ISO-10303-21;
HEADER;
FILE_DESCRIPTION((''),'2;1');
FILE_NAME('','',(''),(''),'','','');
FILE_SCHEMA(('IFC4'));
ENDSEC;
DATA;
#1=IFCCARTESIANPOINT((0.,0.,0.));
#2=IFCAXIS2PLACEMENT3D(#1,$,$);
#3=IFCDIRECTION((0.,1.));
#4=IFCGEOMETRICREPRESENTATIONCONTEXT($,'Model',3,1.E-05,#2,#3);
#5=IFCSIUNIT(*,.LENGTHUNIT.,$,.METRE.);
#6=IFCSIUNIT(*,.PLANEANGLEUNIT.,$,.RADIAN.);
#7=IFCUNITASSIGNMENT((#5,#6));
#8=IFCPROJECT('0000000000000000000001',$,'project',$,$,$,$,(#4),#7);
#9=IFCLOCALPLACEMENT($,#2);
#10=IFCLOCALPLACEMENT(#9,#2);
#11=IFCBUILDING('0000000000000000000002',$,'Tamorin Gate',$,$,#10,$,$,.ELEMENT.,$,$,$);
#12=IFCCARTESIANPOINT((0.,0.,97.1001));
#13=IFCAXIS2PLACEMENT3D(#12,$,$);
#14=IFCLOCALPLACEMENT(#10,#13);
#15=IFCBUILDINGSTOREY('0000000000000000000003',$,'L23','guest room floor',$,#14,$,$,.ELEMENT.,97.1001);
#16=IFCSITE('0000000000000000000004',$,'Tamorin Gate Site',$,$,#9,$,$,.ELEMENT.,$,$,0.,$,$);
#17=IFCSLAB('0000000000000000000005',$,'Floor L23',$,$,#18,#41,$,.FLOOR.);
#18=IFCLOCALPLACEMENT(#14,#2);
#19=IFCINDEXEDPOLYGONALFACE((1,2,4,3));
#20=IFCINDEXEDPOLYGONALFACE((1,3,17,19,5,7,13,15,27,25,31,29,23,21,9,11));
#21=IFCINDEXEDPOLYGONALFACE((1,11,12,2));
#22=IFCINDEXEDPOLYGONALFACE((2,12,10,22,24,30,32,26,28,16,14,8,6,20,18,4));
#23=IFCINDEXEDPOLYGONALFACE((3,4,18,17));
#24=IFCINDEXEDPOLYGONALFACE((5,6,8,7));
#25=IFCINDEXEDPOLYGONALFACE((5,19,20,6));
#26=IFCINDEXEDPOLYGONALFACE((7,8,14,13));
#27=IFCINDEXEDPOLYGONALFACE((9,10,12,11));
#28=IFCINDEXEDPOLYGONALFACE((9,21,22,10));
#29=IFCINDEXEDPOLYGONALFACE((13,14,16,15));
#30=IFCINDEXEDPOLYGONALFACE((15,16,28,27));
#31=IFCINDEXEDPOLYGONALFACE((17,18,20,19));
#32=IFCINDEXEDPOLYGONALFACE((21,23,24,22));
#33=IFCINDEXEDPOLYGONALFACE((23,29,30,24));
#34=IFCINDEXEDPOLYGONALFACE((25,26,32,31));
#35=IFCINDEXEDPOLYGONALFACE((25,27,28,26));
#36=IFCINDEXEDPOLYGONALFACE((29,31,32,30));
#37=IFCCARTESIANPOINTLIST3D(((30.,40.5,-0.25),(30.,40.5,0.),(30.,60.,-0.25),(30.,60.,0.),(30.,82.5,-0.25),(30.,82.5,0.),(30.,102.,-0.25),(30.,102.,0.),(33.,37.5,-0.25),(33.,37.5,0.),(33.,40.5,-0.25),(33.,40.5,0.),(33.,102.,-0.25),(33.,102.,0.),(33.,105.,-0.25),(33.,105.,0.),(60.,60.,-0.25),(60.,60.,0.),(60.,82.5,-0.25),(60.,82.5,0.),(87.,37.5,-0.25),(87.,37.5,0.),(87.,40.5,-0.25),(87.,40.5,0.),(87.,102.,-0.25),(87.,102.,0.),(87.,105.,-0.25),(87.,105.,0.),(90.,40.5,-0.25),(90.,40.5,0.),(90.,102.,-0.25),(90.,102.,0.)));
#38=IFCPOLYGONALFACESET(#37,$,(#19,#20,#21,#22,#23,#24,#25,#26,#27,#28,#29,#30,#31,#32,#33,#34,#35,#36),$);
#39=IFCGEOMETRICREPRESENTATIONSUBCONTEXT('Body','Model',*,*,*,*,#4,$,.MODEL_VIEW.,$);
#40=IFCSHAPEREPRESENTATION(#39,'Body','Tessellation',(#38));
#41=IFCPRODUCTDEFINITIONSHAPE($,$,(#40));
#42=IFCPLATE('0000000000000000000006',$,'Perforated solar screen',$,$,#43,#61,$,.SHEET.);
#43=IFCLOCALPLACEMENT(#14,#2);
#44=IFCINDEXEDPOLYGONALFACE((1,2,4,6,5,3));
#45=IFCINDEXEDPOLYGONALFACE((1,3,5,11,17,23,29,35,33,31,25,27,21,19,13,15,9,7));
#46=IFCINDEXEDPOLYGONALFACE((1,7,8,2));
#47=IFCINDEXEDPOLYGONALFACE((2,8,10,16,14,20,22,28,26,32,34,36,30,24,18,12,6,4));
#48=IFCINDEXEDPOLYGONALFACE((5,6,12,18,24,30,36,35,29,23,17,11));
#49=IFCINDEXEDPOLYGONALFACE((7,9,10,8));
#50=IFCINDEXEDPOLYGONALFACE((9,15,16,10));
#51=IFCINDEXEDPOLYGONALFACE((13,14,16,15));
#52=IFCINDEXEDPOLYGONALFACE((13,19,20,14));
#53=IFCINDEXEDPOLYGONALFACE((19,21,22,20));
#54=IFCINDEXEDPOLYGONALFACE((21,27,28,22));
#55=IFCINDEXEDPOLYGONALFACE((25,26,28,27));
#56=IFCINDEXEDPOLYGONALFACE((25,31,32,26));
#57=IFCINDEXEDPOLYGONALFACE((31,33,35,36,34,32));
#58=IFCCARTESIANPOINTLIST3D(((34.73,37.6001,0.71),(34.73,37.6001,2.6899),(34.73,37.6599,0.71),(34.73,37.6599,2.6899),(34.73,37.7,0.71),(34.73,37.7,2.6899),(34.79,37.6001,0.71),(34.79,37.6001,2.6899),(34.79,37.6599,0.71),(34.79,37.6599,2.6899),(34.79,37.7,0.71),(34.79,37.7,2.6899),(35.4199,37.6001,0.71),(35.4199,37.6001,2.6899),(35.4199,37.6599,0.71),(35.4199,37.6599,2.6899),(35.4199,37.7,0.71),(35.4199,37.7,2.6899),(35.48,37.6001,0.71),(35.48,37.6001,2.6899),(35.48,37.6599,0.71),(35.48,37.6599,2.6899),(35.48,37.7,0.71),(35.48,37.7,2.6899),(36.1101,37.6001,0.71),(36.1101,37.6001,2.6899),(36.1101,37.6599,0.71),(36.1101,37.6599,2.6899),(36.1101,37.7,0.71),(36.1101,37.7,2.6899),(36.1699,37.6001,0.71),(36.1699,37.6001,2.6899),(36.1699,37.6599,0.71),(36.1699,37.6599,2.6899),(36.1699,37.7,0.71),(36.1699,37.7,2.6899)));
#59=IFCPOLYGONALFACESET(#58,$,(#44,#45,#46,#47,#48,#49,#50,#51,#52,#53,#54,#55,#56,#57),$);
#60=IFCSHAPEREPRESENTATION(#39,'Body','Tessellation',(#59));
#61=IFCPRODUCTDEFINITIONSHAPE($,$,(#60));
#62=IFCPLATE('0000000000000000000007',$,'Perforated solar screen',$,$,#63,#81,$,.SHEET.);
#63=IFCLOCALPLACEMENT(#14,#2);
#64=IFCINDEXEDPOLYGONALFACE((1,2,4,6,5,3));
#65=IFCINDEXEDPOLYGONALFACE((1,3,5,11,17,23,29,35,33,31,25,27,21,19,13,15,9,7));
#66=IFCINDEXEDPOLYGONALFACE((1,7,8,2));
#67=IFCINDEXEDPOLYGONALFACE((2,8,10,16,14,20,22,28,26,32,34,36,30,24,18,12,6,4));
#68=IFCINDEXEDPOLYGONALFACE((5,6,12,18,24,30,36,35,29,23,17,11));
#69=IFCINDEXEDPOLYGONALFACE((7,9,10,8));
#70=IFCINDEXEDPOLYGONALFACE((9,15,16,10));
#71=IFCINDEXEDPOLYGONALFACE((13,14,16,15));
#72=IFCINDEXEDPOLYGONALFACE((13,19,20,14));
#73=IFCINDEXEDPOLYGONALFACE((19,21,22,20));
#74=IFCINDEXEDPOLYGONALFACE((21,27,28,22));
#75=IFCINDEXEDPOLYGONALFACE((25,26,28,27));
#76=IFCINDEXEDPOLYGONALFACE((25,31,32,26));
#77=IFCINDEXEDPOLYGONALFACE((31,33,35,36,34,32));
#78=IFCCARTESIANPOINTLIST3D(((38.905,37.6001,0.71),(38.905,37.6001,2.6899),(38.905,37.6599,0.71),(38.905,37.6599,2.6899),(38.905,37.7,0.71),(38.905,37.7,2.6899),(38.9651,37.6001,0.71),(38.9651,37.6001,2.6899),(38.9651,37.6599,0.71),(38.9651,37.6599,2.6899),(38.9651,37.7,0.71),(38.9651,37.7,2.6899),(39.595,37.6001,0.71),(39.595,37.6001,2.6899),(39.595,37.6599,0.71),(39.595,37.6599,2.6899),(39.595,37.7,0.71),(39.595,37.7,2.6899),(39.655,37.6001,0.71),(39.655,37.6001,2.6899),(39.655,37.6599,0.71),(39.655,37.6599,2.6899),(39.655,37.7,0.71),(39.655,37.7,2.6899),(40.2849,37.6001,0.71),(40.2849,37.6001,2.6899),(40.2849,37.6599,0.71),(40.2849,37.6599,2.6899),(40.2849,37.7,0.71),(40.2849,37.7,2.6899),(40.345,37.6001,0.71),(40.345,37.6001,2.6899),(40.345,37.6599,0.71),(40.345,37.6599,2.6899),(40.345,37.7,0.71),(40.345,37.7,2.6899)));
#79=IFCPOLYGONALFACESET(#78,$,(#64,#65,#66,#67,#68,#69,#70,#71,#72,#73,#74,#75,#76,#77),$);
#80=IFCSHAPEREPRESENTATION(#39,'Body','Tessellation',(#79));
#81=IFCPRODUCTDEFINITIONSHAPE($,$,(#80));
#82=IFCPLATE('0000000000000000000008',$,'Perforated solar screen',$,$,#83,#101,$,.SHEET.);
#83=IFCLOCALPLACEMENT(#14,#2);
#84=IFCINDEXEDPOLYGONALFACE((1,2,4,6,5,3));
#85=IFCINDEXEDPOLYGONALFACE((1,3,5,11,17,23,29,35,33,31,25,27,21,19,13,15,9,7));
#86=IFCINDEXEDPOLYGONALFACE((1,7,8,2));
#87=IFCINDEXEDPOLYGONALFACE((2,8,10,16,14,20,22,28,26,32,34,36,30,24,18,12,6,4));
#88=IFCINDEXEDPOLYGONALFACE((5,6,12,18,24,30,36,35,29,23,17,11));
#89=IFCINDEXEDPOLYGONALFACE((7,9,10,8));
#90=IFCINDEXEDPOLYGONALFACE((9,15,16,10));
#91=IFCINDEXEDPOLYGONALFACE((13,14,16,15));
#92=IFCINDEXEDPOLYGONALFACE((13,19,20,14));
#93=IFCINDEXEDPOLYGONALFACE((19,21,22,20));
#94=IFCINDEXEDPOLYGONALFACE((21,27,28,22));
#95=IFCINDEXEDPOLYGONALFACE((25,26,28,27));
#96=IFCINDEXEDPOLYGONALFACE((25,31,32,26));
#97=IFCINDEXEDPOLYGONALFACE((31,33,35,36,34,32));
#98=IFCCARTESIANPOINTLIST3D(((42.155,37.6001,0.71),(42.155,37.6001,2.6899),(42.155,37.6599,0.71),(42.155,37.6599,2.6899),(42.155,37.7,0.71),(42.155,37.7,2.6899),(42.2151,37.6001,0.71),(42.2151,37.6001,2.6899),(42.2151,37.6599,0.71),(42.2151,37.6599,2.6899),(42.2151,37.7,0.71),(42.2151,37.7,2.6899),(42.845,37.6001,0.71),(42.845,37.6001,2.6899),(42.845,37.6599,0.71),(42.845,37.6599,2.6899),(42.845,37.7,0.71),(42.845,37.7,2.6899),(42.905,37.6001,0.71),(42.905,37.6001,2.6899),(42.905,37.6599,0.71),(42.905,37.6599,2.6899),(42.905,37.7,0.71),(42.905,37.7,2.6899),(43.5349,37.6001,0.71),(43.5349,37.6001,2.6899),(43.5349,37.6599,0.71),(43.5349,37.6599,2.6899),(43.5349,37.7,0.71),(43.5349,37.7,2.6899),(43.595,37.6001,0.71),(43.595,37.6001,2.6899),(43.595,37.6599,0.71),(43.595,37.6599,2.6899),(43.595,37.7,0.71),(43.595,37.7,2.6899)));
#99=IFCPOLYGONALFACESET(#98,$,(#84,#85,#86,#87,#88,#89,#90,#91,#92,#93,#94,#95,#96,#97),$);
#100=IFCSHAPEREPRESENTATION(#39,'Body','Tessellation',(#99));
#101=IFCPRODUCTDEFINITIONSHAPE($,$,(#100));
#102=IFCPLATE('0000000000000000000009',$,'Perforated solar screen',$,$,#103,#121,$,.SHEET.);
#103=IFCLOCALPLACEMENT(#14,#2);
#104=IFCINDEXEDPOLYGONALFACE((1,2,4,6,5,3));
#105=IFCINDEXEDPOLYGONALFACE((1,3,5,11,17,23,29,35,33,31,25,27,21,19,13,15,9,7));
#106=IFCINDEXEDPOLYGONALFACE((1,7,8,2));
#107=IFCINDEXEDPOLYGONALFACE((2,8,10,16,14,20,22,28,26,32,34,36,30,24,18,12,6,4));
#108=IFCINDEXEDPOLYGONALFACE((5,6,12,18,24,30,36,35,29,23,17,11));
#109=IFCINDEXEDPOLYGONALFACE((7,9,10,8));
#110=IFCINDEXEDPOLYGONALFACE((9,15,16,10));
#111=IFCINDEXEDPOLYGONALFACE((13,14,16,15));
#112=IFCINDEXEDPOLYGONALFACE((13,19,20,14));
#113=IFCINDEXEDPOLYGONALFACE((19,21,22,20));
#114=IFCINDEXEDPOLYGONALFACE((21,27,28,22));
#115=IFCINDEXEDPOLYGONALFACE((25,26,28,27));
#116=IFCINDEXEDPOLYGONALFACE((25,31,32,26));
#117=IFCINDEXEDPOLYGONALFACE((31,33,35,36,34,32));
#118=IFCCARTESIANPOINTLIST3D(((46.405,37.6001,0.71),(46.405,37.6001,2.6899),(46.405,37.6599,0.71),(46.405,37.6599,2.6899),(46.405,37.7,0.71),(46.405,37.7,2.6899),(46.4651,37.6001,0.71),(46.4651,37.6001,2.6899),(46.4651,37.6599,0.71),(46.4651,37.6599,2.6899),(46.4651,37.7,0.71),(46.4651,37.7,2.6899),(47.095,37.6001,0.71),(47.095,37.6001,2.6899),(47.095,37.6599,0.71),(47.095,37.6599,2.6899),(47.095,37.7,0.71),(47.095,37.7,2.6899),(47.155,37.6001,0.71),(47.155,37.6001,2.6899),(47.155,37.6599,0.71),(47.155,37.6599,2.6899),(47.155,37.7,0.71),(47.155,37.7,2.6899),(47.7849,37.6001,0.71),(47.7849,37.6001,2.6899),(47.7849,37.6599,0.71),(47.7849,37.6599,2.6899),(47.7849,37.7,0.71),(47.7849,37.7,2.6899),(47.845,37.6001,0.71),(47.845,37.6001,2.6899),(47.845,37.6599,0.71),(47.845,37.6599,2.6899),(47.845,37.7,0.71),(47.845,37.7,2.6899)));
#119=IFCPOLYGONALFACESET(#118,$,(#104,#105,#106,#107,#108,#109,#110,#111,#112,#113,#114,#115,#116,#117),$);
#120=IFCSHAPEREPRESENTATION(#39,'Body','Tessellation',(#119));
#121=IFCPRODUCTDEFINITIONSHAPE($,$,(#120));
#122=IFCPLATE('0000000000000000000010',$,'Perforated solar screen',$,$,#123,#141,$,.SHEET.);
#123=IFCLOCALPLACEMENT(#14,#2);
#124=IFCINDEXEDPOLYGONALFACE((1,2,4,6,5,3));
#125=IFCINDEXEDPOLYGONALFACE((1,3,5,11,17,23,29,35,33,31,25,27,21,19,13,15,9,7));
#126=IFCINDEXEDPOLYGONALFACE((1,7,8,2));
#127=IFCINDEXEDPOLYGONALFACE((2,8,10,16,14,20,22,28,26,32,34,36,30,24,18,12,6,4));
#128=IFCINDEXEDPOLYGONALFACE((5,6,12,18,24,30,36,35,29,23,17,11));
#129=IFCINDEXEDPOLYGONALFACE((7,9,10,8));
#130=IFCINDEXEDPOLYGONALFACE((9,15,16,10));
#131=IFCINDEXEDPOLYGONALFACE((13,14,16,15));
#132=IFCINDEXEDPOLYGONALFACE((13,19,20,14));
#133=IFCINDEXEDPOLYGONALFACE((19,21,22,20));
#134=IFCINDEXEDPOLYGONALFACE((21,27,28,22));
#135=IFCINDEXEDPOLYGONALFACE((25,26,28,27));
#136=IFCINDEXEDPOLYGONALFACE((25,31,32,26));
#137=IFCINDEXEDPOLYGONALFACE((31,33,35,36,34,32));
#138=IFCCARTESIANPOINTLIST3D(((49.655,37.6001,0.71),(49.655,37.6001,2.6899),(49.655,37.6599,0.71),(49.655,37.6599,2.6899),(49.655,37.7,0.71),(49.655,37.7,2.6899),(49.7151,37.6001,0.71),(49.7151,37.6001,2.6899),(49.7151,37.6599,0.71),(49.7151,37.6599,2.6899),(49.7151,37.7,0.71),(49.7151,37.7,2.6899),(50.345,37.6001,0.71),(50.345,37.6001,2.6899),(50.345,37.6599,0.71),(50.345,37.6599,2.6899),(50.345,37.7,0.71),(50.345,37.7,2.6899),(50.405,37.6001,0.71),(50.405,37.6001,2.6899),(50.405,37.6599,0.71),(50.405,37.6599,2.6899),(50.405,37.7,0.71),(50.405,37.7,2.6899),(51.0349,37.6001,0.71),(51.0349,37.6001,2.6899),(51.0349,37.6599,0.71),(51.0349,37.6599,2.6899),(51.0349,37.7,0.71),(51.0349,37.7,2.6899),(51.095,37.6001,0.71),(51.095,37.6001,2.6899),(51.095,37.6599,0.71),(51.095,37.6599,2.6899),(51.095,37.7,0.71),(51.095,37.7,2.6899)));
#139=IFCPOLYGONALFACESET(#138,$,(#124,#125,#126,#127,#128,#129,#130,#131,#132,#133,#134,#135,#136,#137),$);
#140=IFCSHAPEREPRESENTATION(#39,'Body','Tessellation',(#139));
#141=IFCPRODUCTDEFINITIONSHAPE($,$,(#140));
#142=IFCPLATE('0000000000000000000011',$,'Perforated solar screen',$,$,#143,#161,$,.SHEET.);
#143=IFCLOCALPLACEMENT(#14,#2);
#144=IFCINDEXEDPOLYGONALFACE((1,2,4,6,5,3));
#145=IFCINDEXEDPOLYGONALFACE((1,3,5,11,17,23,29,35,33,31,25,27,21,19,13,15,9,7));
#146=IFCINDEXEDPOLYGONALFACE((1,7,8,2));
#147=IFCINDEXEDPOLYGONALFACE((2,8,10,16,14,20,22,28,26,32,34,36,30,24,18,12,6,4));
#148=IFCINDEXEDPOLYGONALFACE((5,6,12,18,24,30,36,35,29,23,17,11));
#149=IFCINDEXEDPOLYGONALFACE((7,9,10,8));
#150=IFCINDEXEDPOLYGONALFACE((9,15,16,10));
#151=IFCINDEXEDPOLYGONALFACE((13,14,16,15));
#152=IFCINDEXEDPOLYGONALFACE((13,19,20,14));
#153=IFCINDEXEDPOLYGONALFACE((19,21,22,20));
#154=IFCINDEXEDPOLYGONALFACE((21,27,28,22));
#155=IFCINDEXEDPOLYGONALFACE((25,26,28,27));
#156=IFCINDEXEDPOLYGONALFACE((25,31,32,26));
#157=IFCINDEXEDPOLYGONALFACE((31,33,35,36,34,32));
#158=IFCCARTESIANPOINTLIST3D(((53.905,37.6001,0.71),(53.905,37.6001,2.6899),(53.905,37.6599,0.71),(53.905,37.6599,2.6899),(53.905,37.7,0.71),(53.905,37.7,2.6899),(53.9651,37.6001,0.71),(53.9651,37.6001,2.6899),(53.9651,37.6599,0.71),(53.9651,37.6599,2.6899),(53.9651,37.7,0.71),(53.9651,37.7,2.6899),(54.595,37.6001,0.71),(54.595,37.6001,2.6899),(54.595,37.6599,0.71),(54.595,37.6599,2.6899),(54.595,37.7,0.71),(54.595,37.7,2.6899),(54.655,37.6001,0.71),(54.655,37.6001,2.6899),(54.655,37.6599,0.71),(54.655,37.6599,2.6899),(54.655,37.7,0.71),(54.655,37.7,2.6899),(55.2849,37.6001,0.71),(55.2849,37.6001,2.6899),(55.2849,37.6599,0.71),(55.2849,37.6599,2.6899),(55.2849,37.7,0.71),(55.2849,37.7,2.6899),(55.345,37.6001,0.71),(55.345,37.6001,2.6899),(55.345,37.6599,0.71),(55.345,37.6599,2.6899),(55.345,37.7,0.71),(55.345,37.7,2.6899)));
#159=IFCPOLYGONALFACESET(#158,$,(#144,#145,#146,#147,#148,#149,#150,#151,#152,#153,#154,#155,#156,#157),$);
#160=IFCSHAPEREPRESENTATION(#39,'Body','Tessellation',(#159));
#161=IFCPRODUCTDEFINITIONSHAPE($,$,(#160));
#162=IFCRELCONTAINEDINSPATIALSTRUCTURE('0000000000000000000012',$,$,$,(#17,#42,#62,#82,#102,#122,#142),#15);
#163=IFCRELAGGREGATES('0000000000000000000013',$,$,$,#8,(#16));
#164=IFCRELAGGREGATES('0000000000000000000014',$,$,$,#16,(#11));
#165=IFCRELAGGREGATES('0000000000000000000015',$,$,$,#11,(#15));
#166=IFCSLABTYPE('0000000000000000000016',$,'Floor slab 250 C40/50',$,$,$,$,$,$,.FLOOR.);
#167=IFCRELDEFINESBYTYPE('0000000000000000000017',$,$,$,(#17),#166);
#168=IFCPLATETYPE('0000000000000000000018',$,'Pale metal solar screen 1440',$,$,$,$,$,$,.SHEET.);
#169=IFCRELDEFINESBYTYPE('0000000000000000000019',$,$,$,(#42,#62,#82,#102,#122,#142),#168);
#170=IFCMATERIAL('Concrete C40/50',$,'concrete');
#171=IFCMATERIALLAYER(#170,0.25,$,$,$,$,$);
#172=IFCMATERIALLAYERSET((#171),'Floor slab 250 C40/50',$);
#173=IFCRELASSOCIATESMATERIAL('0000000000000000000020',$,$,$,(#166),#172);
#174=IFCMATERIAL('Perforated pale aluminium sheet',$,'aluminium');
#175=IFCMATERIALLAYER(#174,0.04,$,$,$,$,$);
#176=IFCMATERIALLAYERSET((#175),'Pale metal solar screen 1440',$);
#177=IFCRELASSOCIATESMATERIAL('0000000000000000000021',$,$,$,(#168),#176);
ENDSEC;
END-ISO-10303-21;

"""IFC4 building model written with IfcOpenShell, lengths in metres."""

from ifc_helpers import new_model, si_unit, direction, frame, origin, place, context, subcontext, project, spatial, polyline, outline, extrude, material, layer, layer_set, type_object, element, save


model = new_model("IFC4")

# Units and contexts
model_context = context("Model", 3, precision=1e-05, world=origin(), true_north=direction((0.0, 1.0)))
body_context = subcontext(model_context, "Body", "Model", "MODEL_VIEW")
ifc_project = project(units=[si_unit("LENGTHUNIT", "METRE"), si_unit("PLANEANGLEUNIT", "RADIAN")], contexts=[model_context])

# Site, building, storey
site_placement = place(None, origin())
site = spatial("IfcSite", under=ifc_project, at=site_placement, Name="Tamorin Gate Site", CompositionType="ELEMENT", RefElevation=0.0)
building_placement = place(site_placement, origin())
building = spatial("IfcBuilding", under=site, at=building_placement, Name="Tamorin Gate", CompositionType="ELEMENT")
storey_placement = place(building_placement, frame((0.0, 0.0, 97.1001)))
storey = spatial("IfcBuildingStorey", under=building, at=storey_placement, Name="L23", Description="guest room floor", CompositionType="ELEMENT", Elevation=97.1001)

# Slab
ifc_material_1 = material(Name="Concrete C40/50", Category="concrete")
ifc_layer_1 = layer(ifc_material_1, 0.25)
ifc_layer_set_1 = layer_set([ifc_layer_1], Name="Floor slab 250 C40/50")
slab_type = type_object("IfcSlabType", Name="Floor slab 250 C40/50", PredefinedType="FLOOR", material=ifc_layer_set_1)
slab_placement = place(storey_placement, frame((0.0, 0.0, -0.25)))
element("IfcSlab", 1, at=slab_placement, inside=storey, type_object=slab_type, Name="Floor L23", PredefinedType="FLOOR", context=body_context, shape_type="SweptSolid", body=[
    extrude(outline(polyline([(30.0, 102.0), (33.0, 102.0), (33.0, 105.0), (87.0, 105.0), (87.0, 102.0), (90.0, 102.0), (90.0, 40.5), (87.0, 40.5), (87.0, 37.5), (33.0, 37.5), (33.0, 40.5), (30.0, 40.5), (30.0, 60.0), (60.0, 60.0), (60.0, 82.5), (30.0, 82.5), (30.0, 102.0)])), origin(), (0.0, 0.0, 1.0), 0.25),
])

# Plates
ifc_material_2 = material(Name="Perforated pale aluminium sheet", Category="aluminium")
ifc_layer_2 = layer(ifc_material_2, 0.04)
ifc_layer_set_2 = layer_set([ifc_layer_2], Name="Pale metal solar screen 1440")
plate_type = type_object("IfcPlateType", Name="Pale metal solar screen 1440", PredefinedType="SHEET", material=ifc_layer_set_2)
plate_1_placement = place(storey_placement, frame((0.0, 0.0, 0.71)))
element("IfcPlate", 2, at=plate_1_placement, inside=storey, type_object=plate_type, Name="Perforated solar screen", PredefinedType="SHEET", context=body_context, shape_type="SweptSolid", body=[
    extrude(outline(polyline([(34.73, 37.6599), (34.73, 37.7), (34.79, 37.7), (35.4199, 37.7), (35.48, 37.7), (36.1101, 37.7), (36.1699, 37.7), (36.1699, 37.6599), (36.1699, 37.6001), (36.1101, 37.6001), (36.1101, 37.6599), (35.48, 37.6599), (35.48, 37.6001), (35.4199, 37.6001), (35.4199, 37.6599), (34.79, 37.6599), (34.79, 37.6001), (34.73, 37.6001), (34.73, 37.6599)])), origin(), (0.0, 0.0, 1.0), 1.98),
])
plate_2_placement = place(storey_placement, frame((0.0, 0.0, 0.71)))
element("IfcPlate", 3, at=plate_2_placement, inside=storey, type_object=plate_type, Name="Perforated solar screen", PredefinedType="SHEET", context=body_context, shape_type="SweptSolid", body=[
    extrude(outline(polyline([(38.905, 37.6599), (38.905, 37.7), (38.9651, 37.7), (39.595, 37.7), (39.655, 37.7), (40.2849, 37.7), (40.345, 37.7), (40.345, 37.7), (40.345, 37.6599), (40.345, 37.6599), (40.345, 37.6001), (40.2849, 37.6001), (40.2849, 37.6599), (39.655, 37.6599), (39.655, 37.6001), (39.595, 37.6001), (39.595, 37.6599), (38.9651, 37.6599), (38.9651, 37.6001), (38.905, 37.6001), (38.905, 37.6599)])), origin(), (0.0, 0.0, 1.0), 1.98),
])
plate_3_placement = place(storey_placement, frame((0.0, 0.0, 0.71)))
element("IfcPlate", 4, at=plate_3_placement, inside=storey, type_object=plate_type, Name="Perforated solar screen", PredefinedType="SHEET", context=body_context, shape_type="SweptSolid", body=[
    extrude(outline(polyline([(42.155, 37.6599), (42.155, 37.7), (42.2151, 37.7), (42.845, 37.7), (42.905, 37.7), (43.5349, 37.7), (43.595, 37.7), (43.595, 37.6599), (43.595, 37.6001), (43.5349, 37.6001), (43.5349, 37.6599), (42.905, 37.6599), (42.905, 37.6001), (42.845, 37.6001), (42.845, 37.6599), (42.2151, 37.6599), (42.2151, 37.6001), (42.155, 37.6001), (42.155, 37.6599)])), origin(), (0.0, 0.0, 1.0), 1.98),
])
plate_4_placement = place(storey_placement, frame((0.0, 0.0, 0.71)))
element("IfcPlate", 5, at=plate_4_placement, inside=storey, type_object=plate_type, Name="Perforated solar screen", PredefinedType="SHEET", context=body_context, shape_type="SweptSolid", body=[
    extrude(outline(polyline([(46.405, 37.6599), (46.405, 37.7), (46.4651, 37.7), (47.095, 37.7), (47.155, 37.7), (47.7849, 37.7), (47.845, 37.7), (47.845, 37.6599), (47.845, 37.6001), (47.7849, 37.6001), (47.7849, 37.6599), (47.155, 37.6599), (47.155, 37.6001), (47.095, 37.6001), (47.095, 37.6599), (46.4651, 37.6599), (46.4651, 37.6001), (46.405, 37.6001), (46.405, 37.6599)])), origin(), (0.0, 0.0, 1.0), 1.98),
])
plate_5_placement = place(storey_placement, frame((0.0, 0.0, 0.71)))
element("IfcPlate", 6, at=plate_5_placement, inside=storey, type_object=plate_type, Name="Perforated solar screen", PredefinedType="SHEET", context=body_context, shape_type="SweptSolid", body=[
    extrude(outline(polyline([(49.655, 37.6599), (49.655, 37.7), (49.7151, 37.7), (50.345, 37.7), (50.405, 37.7), (51.0349, 37.7), (51.095, 37.7), (51.095, 37.6599), (51.095, 37.6001), (51.0349, 37.6001), (51.0349, 37.6599), (50.405, 37.6599), (50.405, 37.6001), (50.345, 37.6001), (50.345, 37.6599), (49.7151, 37.6599), (49.7151, 37.6001), (49.655, 37.6001), (49.655, 37.6599)])), origin(), (0.0, 0.0, 1.0), 1.98),
])
plate_6_placement = place(storey_placement, frame((0.0, 0.0, 0.71)))
element("IfcPlate", 7, at=plate_6_placement, inside=storey, type_object=plate_type, Name="Perforated solar screen", PredefinedType="SHEET", context=body_context, shape_type="SweptSolid", body=[
    extrude(outline(polyline([(53.905, 37.6599), (53.905, 37.7), (53.9651, 37.7), (54.595, 37.7), (54.655, 37.7), (55.2849, 37.7), (55.345, 37.7), (55.345, 37.6599), (55.345, 37.6001), (55.2849, 37.6001), (55.2849, 37.6599), (54.655, 37.6599), (54.655, 37.6001), (54.595, 37.6001), (54.595, 37.6599), (53.9651, 37.6599), (53.9651, 37.6001), (53.905, 37.6001), (53.905, 37.6599)])), origin(), (0.0, 0.0, 1.0), 1.98),
])

save(model, "model.ifc")
